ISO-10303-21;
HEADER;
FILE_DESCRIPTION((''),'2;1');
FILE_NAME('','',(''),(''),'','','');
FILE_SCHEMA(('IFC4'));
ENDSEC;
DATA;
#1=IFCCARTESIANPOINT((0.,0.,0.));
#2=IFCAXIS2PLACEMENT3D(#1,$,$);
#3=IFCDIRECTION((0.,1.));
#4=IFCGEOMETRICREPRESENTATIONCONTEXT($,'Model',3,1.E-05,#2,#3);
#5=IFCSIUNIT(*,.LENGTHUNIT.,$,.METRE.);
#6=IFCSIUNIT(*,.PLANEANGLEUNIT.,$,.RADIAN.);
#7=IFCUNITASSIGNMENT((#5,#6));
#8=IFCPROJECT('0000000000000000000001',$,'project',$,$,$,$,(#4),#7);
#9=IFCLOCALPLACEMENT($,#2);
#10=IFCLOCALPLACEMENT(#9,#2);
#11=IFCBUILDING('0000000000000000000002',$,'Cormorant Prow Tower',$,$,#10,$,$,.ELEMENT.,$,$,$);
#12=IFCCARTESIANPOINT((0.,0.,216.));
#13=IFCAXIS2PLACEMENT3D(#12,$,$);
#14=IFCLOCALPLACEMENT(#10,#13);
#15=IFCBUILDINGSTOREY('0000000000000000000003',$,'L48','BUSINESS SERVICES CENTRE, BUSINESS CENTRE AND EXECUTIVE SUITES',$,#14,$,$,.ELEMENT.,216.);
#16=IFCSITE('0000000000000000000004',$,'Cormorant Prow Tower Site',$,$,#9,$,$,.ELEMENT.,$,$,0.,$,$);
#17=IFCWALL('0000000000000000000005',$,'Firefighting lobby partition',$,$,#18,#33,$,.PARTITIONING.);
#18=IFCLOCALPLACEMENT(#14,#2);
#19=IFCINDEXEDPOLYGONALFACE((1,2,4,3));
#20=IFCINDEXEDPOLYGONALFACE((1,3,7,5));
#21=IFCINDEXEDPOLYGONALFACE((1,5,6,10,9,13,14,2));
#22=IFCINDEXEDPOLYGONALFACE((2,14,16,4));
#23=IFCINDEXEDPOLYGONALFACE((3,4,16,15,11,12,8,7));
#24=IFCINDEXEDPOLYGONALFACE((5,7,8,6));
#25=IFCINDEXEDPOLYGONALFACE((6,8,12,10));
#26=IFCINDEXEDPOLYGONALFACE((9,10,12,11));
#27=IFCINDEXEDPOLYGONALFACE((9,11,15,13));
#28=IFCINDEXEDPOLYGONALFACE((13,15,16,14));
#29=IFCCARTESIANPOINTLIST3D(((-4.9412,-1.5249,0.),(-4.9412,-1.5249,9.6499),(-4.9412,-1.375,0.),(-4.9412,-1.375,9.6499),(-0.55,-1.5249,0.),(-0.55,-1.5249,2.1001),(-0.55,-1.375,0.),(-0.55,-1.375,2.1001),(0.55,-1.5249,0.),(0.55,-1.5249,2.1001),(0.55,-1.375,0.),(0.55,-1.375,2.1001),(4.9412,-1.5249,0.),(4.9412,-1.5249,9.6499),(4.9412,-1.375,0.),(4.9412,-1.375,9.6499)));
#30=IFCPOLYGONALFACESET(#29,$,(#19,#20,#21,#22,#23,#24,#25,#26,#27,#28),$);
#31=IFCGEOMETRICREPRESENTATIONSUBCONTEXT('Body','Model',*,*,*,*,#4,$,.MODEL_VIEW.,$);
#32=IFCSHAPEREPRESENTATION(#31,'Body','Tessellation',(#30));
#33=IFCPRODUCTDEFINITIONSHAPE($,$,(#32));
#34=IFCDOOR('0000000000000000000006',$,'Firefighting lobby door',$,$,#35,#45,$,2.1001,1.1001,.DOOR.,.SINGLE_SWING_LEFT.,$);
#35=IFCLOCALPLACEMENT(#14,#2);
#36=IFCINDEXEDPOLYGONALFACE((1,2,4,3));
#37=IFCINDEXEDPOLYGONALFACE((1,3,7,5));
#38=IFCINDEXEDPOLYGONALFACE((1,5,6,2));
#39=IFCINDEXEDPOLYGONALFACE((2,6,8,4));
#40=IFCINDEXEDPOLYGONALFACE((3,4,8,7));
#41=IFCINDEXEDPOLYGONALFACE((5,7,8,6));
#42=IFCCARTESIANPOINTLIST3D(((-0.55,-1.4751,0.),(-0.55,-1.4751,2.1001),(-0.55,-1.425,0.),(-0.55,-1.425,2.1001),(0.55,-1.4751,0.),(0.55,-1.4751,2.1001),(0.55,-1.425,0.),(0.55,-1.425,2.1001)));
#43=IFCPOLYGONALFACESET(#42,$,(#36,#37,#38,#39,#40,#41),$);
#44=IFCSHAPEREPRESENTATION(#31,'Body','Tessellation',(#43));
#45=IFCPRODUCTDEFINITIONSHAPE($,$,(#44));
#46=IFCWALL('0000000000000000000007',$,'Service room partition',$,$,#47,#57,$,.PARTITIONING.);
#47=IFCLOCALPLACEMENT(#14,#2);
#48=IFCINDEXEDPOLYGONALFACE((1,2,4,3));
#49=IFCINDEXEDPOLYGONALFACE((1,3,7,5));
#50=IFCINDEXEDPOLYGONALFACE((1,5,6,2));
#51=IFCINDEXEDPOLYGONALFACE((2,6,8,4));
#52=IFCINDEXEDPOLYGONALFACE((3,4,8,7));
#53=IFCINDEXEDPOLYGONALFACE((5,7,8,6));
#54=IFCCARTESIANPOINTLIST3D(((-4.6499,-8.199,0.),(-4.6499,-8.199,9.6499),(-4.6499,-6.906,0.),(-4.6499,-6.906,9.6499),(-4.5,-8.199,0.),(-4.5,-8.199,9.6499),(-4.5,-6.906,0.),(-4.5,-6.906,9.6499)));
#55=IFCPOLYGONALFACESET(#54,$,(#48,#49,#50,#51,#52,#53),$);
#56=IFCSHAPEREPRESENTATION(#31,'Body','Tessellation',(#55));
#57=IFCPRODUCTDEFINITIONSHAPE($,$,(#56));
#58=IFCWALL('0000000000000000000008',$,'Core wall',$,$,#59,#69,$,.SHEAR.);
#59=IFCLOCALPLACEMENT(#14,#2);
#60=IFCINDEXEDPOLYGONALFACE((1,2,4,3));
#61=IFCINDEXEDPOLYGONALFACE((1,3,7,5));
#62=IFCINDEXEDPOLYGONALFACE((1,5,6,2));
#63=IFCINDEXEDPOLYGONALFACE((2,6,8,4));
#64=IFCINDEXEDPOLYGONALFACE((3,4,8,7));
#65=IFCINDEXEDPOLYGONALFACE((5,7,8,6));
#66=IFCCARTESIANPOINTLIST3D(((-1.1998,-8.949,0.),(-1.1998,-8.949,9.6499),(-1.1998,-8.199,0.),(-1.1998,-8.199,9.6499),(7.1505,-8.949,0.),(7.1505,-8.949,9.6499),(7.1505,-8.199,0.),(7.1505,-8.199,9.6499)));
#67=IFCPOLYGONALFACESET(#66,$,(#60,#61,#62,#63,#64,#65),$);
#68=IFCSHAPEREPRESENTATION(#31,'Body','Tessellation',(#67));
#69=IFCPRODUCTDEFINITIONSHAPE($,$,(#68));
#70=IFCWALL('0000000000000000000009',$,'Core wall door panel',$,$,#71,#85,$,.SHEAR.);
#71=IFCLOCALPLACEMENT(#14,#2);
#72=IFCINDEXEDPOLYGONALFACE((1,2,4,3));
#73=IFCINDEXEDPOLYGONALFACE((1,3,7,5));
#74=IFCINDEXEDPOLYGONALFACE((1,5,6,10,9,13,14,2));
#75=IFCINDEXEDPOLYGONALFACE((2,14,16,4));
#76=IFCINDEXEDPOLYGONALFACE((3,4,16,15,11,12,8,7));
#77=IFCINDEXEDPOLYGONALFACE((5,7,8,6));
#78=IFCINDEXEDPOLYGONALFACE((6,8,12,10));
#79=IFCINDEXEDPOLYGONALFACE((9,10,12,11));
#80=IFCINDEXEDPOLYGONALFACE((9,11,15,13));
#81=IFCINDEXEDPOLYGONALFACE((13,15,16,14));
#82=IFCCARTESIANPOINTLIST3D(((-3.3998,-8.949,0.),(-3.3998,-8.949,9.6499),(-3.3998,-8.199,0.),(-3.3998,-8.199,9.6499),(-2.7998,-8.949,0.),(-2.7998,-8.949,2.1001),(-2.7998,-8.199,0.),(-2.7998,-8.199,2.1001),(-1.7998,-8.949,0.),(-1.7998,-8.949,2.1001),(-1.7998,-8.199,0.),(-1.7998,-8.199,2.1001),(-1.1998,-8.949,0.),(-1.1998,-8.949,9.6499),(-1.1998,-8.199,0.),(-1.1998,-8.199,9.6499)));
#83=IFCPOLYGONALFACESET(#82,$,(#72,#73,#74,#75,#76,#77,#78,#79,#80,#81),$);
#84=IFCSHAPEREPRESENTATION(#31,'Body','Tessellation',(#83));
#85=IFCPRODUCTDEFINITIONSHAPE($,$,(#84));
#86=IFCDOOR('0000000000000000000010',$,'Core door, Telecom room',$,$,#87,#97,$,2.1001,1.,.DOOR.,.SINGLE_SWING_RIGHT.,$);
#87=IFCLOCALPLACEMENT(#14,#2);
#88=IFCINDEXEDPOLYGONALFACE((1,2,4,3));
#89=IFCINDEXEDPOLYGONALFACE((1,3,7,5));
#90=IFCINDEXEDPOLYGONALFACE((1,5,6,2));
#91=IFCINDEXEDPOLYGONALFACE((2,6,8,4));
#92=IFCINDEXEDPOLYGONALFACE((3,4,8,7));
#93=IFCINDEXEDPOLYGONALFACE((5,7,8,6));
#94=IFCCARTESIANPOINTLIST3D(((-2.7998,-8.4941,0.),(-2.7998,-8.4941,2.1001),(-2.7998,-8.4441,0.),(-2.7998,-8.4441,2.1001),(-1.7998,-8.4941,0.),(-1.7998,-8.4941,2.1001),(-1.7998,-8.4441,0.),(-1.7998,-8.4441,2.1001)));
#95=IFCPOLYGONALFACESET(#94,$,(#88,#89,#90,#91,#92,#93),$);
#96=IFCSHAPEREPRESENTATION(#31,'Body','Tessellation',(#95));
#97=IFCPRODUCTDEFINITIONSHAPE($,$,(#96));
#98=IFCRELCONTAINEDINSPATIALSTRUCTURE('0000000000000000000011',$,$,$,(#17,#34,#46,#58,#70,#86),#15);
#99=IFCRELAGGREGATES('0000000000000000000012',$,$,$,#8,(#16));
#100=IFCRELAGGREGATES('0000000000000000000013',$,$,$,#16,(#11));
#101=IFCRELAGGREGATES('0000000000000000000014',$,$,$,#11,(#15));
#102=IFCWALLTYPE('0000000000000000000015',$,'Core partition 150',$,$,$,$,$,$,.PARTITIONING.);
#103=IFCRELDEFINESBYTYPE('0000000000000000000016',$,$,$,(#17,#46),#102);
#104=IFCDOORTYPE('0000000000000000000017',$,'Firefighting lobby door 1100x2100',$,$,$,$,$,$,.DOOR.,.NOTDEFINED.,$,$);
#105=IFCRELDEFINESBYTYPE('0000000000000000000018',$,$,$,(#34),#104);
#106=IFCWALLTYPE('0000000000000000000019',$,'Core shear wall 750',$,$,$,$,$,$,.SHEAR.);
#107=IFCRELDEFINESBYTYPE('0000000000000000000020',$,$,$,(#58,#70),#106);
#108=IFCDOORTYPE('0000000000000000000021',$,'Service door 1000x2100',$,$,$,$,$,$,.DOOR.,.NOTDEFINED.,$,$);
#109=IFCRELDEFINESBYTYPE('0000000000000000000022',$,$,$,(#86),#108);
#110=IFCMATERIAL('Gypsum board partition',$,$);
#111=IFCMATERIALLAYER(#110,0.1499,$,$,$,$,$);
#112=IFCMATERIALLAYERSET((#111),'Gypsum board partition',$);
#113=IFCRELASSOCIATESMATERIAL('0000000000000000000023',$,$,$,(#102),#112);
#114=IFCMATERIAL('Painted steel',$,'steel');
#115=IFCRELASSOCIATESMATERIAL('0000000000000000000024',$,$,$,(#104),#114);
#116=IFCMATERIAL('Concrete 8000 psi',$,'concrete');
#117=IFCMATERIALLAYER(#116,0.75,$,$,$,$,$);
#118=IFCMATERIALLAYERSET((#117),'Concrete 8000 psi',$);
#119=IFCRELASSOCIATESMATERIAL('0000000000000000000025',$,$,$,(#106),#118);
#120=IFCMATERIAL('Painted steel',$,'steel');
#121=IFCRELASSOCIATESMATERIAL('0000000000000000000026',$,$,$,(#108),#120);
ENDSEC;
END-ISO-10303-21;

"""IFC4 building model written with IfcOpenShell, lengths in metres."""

from ifc_helpers import new_model, si_unit, direction, frame, frame_2d, origin, place, context, subcontext, project, spatial, rectangle, extrude, material, layer, layer_set, type_object, element, fill, save


model = new_model("IFC4")

# Units and contexts
model_context = context("Model", 3, precision=1e-05, world=origin(), true_north=direction((0.0, 1.0)))
body_context = subcontext(model_context, "Body", "Model", "MODEL_VIEW")
ifc_project = project(units=[si_unit("LENGTHUNIT", "METRE"), si_unit("PLANEANGLEUNIT", "RADIAN")], contexts=[model_context])

# Site, building, storey
site_placement = place(None, origin())
site = spatial("IfcSite", under=ifc_project, at=site_placement, Name="Cormorant Prow Tower Site", CompositionType="ELEMENT", RefElevation=0.0)
building_placement = place(site_placement, origin())
building = spatial("IfcBuilding", under=site, at=building_placement, Name="Cormorant Prow Tower", CompositionType="ELEMENT")
storey_placement = place(building_placement, frame((0.0, 0.0, 216.0)))
storey = spatial("IfcBuildingStorey", under=building, at=storey_placement, Name="L48", Description="BUSINESS SERVICES CENTRE, BUSINESS CENTRE AND EXECUTIVE SUITES", CompositionType="ELEMENT", Elevation=216.0)

# Wall, opening, door
ifc_material_1 = material(Name="Gypsum board partition")
ifc_layer_1 = layer(ifc_material_1, 0.1499)
ifc_layer_set_1 = layer_set([ifc_layer_1], Name="Gypsum board partition")
wall_type_1 = type_object("IfcWallType", Name="Core partition 150", PredefinedType="PARTITIONING", material=ifc_layer_set_1)
wall_1_placement = place(storey_placement, frame((-4.9412, -1.45, 0.0), z_axis=(0.0, 0.0, 1.0), x_axis=(1.0, 0.0, 0.0)))
wall_1 = element("IfcWall", 1, at=wall_1_placement, inside=storey, type_object=wall_type_1, Name="Firefighting lobby partition", PredefinedType="PARTITIONING", context=body_context, shape_type="SweptSolid", body=[
    extrude(rectangle(XDim=9.8823, YDim=0.1499, at=frame_2d((4.9412, 0.0))), origin(), (0.0, 0.0, 1.0), 9.6499),
])
opening_1_placement = place(wall_1_placement, frame((4.3911, 0.0, 0.0)))
opening_1 = element("IfcOpeningElement", 2, at=opening_1_placement, cuts=wall_1, PredefinedType="OPENING", context=body_context, shape_type="SweptSolid", body=[
    extrude(rectangle(XDim=1.1001, YDim=2.1001, at=frame_2d((0.55, 1.05))), frame((0.0, 0.085, 0.0), z_axis=(0.0, -1.0, 0.0), x_axis=(1.0, 0.0, 0.0)), (0.0, 0.0, 1.0), 0.1699),
])
ifc_material_2 = material(Name="Painted steel", Category="steel")
door_type_1 = type_object("IfcDoorType", Name="Firefighting lobby door 1100x2100", OperationType="NOTDEFINED", PredefinedType="DOOR", material=ifc_material_2)
door_1_placement = place(opening_1_placement, origin())
door_1 = element("IfcDoor", 3, at=door_1_placement, inside=storey, type_object=door_type_1, Name="Firefighting lobby door", OperationType="SINGLE_SWING_LEFT", OverallHeight=2.1001, OverallWidth=1.1001, PredefinedType="DOOR", context=body_context, shape_type="SweptSolid", body=[
    extrude(rectangle(XDim=1.1001, YDim=2.1001, at=frame_2d((0.55, 1.05))), frame((0.0, 0.0249, 0.0), z_axis=(0.0, -1.0, 0.0), x_axis=(1.0, 0.0, 0.0)), (0.0, 0.0, 1.0), 0.05),
])
fill(opening_1, door_1)

# Walls
wall_2_placement = place(storey_placement, frame((-4.575, -6.906, 0.0), z_axis=(0.0, 0.0, 1.0), x_axis=(0.0, -1.0, 0.0)))
element("IfcWall", 4, at=wall_2_placement, inside=storey, type_object=wall_type_1, Name="Service room partition", PredefinedType="PARTITIONING", context=body_context, shape_type="SweptSolid", body=[
    extrude(rectangle(XDim=1.293, YDim=0.1499, at=frame_2d((0.6465, 0.0))), origin(), (0.0, 0.0, 1.0), 9.6499),
])
ifc_material_3 = material(Name="Concrete 8000 psi", Category="concrete")
ifc_layer_2 = layer(ifc_material_3, 0.75)
ifc_layer_set_2 = layer_set([ifc_layer_2], Name="Concrete 8000 psi")
wall_type_2 = type_object("IfcWallType", Name="Core shear wall 750", PredefinedType="SHEAR", material=ifc_layer_set_2)
wall_3_placement = place(storey_placement, frame((-1.2, -8.574, 0.0), z_axis=(0.0, 0.0, 1.0), x_axis=(1.0, 0.0, 0.0)))
element("IfcWall", 5, at=wall_3_placement, inside=storey, type_object=wall_type_2, Name="Core wall", PredefinedType="SHEAR", context=body_context, shape_type="SweptSolid", body=[
    extrude(rectangle(XDim=8.3503, YDim=0.75, at=frame_2d((4.1753, 0.0))), origin(), (0.0, 0.0, 1.0), 9.6499),
])

# Wall, opening, door
wall_4_placement = place(storey_placement, frame((-3.3999, -8.574, 0.0), z_axis=(0.0, 0.0, 1.0), x_axis=(1.0, 0.0, 0.0)))
wall_4 = element("IfcWall", 6, at=wall_4_placement, inside=storey, type_object=wall_type_2, Name="Core wall door panel", PredefinedType="SHEAR", context=body_context, shape_type="SweptSolid", body=[
    extrude(rectangle(XDim=2.2, YDim=0.75, at=frame_2d((1.1001, 0.0))), origin(), (0.0, 0.0, 1.0), 9.6499),
])
opening_2_placement = place(wall_4_placement, frame((0.6001, 0.0, 0.0)))
opening_2 = element("IfcOpeningElement", 7, at=opening_2_placement, cuts=wall_4, PredefinedType="OPENING", context=body_context, shape_type="SweptSolid", body=[
    extrude(rectangle(XDim=1.0, YDim=2.1001, at=frame_2d((0.5, 1.05))), frame((0.0, 0.385, 0.0), z_axis=(0.0, -1.0, 0.0), x_axis=(1.0, 0.0, 0.0)), (0.0, 0.0, 1.0), 0.77),
])
ifc_material_4 = material(Name="Painted steel", Category="steel")
door_type_2 = type_object("IfcDoorType", Name="Service door 1000x2100", OperationType="NOTDEFINED", PredefinedType="DOOR", material=ifc_material_4)
door_2_placement = place(opening_2_placement, origin())
door_2 = element("IfcDoor", 8, at=door_2_placement, inside=storey, type_object=door_type_2, Name="Core door, Telecom room", OperationType="SINGLE_SWING_RIGHT", OverallHeight=2.1001, OverallWidth=1.0, PredefinedType="DOOR", context=body_context, shape_type="SweptSolid", body=[
    extrude(rectangle(XDim=1.0, YDim=2.1001, at=frame_2d((0.5, 1.05))), frame((0.0, 0.1299, 0.0), z_axis=(0.0, -1.0, 0.0), x_axis=(1.0, 0.0, 0.0)), (0.0, 0.0, 1.0), 0.05),
])
fill(opening_2, door_2)

save(model, "model.ifc")
